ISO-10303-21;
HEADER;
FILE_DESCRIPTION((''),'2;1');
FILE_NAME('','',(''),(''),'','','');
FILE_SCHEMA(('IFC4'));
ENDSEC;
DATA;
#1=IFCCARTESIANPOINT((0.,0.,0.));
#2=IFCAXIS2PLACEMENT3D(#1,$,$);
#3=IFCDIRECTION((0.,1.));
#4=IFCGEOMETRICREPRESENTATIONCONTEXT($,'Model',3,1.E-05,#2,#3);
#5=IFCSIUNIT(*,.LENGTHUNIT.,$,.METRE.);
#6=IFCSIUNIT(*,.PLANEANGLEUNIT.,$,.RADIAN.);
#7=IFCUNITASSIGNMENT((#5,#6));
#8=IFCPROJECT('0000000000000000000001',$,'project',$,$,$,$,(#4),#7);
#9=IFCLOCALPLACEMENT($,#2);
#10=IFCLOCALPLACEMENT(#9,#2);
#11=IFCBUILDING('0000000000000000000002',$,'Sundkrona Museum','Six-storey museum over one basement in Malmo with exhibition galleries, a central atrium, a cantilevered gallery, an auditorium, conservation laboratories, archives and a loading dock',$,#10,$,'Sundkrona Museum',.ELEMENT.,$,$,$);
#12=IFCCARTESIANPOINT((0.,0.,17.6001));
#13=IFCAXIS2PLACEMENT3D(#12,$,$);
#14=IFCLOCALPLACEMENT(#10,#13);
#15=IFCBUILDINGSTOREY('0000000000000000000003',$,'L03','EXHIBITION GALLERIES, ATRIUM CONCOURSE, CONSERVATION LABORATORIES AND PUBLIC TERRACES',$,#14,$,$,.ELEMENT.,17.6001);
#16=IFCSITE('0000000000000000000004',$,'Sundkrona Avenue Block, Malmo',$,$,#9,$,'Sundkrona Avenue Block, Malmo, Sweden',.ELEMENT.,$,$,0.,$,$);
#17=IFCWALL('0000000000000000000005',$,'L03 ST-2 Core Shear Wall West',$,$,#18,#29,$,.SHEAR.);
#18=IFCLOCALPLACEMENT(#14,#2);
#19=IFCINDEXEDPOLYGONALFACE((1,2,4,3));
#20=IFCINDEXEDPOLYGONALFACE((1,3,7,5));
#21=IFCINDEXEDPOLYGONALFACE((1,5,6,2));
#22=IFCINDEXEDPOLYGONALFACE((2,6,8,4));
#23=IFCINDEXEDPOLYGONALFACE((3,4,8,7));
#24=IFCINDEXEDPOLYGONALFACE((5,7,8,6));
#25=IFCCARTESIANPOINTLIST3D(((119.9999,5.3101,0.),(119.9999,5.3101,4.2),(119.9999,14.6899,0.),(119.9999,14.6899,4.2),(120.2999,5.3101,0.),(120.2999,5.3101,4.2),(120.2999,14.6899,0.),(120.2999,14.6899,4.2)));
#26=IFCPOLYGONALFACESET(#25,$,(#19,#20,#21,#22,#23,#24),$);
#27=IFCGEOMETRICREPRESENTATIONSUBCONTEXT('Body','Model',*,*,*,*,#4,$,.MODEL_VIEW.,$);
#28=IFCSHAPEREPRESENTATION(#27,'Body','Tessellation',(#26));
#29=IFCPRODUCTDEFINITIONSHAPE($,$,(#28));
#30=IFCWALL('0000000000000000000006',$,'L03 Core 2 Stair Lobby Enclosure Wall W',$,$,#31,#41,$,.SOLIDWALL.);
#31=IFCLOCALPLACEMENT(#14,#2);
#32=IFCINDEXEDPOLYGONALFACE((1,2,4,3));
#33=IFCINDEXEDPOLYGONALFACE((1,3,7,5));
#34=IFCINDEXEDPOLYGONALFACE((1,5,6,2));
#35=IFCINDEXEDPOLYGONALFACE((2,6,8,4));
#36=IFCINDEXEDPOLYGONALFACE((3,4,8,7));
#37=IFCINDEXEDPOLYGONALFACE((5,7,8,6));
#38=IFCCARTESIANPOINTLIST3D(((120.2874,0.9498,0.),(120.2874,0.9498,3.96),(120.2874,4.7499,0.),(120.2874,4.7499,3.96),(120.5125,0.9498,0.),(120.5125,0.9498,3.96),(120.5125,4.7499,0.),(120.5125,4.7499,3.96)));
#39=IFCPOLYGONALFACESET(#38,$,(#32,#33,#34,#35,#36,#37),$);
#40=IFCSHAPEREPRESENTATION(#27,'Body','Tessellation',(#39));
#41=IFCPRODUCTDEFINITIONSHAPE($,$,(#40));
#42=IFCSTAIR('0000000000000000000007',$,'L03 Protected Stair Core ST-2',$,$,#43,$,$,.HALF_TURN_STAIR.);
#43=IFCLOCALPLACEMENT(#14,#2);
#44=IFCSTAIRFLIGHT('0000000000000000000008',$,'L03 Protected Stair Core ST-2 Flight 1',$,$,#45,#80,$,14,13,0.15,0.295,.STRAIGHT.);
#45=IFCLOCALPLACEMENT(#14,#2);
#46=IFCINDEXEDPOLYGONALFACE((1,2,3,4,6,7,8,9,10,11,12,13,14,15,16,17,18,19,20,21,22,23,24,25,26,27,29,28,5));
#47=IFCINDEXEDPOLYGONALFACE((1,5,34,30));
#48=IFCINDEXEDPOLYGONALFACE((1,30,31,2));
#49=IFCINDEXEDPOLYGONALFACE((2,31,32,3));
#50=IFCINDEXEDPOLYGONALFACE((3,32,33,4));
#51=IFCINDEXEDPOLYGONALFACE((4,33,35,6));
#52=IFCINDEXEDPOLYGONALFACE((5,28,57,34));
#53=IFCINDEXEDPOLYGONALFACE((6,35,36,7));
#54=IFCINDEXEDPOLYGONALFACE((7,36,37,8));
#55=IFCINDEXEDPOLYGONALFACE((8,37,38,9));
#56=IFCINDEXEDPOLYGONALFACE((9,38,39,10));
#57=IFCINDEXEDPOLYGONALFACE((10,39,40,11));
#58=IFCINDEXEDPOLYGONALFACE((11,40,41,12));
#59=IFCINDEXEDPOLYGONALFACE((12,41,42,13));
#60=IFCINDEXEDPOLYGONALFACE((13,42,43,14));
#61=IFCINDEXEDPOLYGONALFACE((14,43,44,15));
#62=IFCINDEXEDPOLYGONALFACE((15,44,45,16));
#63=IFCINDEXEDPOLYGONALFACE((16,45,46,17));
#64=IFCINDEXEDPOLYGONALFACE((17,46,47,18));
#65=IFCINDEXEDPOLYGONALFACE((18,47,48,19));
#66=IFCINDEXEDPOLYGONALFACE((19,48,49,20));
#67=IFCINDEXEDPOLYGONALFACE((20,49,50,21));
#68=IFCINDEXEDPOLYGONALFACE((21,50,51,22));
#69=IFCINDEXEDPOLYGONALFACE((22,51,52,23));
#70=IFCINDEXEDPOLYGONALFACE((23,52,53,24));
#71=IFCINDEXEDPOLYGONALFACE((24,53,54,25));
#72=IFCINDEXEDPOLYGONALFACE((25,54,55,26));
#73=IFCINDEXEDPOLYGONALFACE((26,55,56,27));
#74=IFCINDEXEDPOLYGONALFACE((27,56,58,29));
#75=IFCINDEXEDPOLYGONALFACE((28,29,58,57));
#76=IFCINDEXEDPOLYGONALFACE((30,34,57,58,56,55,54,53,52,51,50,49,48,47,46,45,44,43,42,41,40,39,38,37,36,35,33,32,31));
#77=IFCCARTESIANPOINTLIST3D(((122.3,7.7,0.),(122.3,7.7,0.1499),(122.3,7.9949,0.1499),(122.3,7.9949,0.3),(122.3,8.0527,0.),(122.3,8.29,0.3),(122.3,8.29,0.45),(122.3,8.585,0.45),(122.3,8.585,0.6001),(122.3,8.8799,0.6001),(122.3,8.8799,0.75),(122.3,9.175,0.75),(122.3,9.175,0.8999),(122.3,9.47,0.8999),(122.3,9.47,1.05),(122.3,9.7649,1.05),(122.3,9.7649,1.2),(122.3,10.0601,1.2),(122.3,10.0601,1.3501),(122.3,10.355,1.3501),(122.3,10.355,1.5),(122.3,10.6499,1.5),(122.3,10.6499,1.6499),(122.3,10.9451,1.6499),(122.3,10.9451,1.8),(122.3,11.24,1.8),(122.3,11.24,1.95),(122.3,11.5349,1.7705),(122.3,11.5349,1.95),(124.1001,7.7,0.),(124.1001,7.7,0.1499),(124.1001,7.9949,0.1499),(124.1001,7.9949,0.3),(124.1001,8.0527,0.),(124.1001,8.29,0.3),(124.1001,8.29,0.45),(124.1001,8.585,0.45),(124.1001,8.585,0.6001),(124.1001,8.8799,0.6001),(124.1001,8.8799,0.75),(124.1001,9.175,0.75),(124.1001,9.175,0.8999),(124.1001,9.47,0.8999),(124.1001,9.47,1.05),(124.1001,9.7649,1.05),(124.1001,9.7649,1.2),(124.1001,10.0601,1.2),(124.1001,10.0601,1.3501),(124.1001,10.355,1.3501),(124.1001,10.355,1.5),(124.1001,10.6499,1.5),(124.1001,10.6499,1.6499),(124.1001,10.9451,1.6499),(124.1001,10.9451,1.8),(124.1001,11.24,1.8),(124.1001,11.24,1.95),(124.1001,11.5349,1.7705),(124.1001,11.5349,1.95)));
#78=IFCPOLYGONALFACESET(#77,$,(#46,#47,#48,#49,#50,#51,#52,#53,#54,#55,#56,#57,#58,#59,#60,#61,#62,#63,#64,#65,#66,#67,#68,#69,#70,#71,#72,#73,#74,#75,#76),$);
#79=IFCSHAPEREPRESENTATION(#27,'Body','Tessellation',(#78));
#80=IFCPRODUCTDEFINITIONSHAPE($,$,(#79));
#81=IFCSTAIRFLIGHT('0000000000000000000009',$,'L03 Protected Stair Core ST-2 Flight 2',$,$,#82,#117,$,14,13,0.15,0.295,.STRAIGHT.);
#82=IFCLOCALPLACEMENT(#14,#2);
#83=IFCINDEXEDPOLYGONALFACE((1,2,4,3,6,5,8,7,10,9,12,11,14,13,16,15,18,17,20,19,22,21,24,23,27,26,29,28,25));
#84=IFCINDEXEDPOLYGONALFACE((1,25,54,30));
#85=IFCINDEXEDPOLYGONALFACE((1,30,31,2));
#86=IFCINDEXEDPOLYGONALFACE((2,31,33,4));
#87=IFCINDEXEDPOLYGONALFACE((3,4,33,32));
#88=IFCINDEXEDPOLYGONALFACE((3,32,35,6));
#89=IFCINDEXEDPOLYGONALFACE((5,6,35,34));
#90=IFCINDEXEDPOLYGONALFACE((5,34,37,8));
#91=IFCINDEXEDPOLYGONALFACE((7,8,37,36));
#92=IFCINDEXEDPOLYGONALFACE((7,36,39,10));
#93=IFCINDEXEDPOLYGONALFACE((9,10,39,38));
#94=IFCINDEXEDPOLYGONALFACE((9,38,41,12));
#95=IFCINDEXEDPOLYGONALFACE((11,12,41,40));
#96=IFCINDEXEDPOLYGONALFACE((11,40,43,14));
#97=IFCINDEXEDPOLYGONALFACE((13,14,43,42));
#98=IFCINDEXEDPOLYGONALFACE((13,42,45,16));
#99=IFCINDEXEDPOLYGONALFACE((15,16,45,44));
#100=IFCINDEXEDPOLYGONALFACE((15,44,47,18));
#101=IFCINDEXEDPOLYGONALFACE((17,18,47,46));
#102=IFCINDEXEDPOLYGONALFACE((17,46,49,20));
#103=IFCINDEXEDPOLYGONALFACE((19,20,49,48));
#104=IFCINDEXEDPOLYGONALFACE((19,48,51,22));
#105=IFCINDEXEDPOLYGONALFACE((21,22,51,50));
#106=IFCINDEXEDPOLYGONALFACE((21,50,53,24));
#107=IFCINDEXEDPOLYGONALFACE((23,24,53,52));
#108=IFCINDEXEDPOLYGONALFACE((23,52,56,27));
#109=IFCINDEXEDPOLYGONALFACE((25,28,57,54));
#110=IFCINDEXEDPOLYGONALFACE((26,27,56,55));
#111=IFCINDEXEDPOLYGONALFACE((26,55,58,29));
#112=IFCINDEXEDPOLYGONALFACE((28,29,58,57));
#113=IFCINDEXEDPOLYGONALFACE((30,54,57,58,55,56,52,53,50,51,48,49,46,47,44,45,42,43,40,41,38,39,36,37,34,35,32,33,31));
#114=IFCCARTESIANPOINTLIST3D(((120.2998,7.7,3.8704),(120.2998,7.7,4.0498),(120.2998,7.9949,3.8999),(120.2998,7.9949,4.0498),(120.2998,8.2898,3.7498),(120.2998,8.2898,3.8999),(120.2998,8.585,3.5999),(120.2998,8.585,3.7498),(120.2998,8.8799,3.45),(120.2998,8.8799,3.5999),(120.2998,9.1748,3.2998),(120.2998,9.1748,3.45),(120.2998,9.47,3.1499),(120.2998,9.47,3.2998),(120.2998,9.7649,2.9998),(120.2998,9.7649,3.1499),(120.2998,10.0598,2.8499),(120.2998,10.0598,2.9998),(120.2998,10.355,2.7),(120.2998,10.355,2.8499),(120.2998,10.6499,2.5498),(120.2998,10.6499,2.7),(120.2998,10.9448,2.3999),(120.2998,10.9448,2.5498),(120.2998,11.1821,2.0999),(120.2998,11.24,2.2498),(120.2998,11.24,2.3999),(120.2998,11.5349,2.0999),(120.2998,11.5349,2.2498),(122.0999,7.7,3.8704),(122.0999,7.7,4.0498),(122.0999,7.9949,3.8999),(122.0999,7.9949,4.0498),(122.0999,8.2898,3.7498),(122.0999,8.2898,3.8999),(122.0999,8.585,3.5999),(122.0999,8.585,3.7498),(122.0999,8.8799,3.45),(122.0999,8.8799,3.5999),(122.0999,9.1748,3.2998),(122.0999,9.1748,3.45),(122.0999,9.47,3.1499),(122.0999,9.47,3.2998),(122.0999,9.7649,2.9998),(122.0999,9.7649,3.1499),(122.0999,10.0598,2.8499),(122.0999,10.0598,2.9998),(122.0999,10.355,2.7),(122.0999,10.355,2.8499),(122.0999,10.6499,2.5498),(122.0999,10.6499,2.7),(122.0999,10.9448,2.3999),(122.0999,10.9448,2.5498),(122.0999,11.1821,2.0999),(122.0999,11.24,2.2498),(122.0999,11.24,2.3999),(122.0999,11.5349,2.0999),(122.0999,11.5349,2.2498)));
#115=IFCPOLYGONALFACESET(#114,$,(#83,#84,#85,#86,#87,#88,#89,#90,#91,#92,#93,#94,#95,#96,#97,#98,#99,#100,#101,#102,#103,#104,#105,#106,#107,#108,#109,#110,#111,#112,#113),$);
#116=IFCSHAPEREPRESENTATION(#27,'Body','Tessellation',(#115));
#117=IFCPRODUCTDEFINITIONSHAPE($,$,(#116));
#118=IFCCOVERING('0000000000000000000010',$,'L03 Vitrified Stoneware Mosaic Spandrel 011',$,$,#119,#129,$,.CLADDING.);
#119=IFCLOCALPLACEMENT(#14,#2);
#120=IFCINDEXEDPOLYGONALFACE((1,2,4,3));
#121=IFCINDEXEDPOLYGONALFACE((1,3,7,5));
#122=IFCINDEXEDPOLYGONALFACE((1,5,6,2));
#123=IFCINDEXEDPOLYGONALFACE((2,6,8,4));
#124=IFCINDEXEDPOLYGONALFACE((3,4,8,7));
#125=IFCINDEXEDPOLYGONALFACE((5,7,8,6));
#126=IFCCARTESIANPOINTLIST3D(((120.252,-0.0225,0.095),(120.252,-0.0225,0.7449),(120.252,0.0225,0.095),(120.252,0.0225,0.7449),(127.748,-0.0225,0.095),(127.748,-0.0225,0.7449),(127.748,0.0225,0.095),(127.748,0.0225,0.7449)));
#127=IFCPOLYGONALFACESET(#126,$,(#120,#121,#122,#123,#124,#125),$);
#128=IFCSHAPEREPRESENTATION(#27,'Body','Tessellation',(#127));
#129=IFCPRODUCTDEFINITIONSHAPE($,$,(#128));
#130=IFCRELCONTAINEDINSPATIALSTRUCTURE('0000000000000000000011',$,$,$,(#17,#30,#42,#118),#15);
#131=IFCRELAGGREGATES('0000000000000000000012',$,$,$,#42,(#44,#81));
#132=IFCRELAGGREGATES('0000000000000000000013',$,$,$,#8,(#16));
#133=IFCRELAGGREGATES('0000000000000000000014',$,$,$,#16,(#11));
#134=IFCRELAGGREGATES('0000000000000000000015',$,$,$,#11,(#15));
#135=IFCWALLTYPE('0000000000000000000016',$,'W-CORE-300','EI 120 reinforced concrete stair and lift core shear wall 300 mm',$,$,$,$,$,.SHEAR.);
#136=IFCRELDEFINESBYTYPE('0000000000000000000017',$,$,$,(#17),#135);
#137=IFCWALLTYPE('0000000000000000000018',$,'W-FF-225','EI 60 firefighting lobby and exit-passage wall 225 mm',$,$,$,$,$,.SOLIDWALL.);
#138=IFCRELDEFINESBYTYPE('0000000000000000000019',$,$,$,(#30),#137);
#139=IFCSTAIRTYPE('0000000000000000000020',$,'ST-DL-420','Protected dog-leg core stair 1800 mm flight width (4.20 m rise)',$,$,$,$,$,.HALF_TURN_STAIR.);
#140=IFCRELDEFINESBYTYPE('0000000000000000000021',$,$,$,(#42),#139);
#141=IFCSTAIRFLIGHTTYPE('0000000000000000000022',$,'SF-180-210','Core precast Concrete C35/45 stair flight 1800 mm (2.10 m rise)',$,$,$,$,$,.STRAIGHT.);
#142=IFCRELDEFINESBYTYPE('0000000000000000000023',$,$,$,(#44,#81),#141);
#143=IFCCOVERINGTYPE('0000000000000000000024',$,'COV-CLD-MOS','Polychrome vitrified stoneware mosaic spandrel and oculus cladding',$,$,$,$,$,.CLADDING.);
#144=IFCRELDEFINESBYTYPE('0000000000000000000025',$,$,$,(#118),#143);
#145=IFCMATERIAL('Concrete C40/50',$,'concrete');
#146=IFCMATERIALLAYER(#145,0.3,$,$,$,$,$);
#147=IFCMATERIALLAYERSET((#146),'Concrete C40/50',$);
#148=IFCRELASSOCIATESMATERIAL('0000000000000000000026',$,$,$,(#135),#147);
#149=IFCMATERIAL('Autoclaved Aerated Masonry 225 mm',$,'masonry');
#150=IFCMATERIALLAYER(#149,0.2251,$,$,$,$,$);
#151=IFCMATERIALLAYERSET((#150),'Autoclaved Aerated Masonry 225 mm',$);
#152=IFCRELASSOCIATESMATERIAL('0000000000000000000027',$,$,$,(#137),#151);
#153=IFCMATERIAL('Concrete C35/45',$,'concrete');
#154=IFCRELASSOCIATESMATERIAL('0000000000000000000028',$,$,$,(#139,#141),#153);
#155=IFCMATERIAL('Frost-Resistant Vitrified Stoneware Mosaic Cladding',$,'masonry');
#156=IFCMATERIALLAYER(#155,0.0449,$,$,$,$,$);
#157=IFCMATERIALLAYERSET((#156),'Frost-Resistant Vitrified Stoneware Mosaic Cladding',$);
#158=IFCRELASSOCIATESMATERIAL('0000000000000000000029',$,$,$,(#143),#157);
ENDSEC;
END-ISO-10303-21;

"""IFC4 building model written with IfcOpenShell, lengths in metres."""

from ifc_helpers import new_model, si_unit, direction, frame, frame_2d, origin, origin_2d, place, context, subcontext, project, spatial, polyline, rectangle, outline, extrude, material, layer, layer_set, type_object, element, aggregate, save


model = new_model("IFC4")

# Units and contexts
model_context = context("Model", 3, precision=1e-05, world=origin(), true_north=direction((0.0, 1.0)))
body_context = subcontext(model_context, "Body", "Model", "MODEL_VIEW")
ifc_project = project(units=[si_unit("LENGTHUNIT", "METRE"), si_unit("PLANEANGLEUNIT", "RADIAN")], contexts=[model_context])

# Site, building, storey
site_placement = place(None, origin())
site = spatial("IfcSite", under=ifc_project, at=site_placement, Name="Sundkrona Avenue Block, Malmo", LongName="Sundkrona Avenue Block, Malmo, Sweden", CompositionType="ELEMENT", RefElevation=0.0)
building_placement = place(site_placement, origin())
building = spatial("IfcBuilding", under=site, at=building_placement, Name="Sundkrona Museum", Description="Six-storey museum over one basement in Malmo with exhibition galleries, a central atrium, a cantilevered gallery, an auditorium, conservation laboratories, archives and a loading dock", LongName="Sundkrona Museum", CompositionType="ELEMENT")
storey_placement = place(building_placement, frame((0.0, 0.0, 17.6001)))
storey = spatial("IfcBuildingStorey", under=building, at=storey_placement, Name="L03", Description="EXHIBITION GALLERIES, ATRIUM CONCOURSE, CONSERVATION LABORATORIES AND PUBLIC TERRACES", CompositionType="ELEMENT", Elevation=17.6001)

# Shared definitions
ifc_material_1 = material(Name="Concrete C40/50", Category="concrete")
ifc_layer_1 = layer(ifc_material_1, 0.3)
ifc_layer_set_1 = layer_set([ifc_layer_1], Name="Concrete C40/50")
wall_type_1 = type_object("IfcWallType", Name="W-CORE-300", Description="EI 120 reinforced concrete stair and lift core shear wall 300 mm", PredefinedType="SHEAR", material=ifc_layer_set_1)

# Walls
wall_1_placement = place(storey_placement, frame((120.1499, 5.3101, 0.0), z_axis=(0.0, 0.0, 1.0), x_axis=(0.0, 1.0, 0.0)))
element("IfcWall", 1, at=wall_1_placement, inside=storey, type_object=wall_type_1, Name="L03 ST-2 Core Shear Wall West", PredefinedType="SHEAR", context=body_context, shape_type="SweptSolid", body=[
    extrude(rectangle(XDim=9.3799, YDim=0.3, at=frame_2d((4.6899, 0.0))), origin(), (0.0, 0.0, 1.0), 4.2),
])
ifc_material_2 = material(Name="Autoclaved Aerated Masonry 225 mm", Category="masonry")
ifc_layer_2 = layer(ifc_material_2, 0.2251)
ifc_layer_set_2 = layer_set([ifc_layer_2], Name="Autoclaved Aerated Masonry 225 mm")
wall_type_2 = type_object("IfcWallType", Name="W-FF-225", Description="EI 60 firefighting lobby and exit-passage wall 225 mm", PredefinedType="SOLIDWALL", material=ifc_layer_set_2)
wall_2_placement = place(storey_placement, frame((120.3999, 0.95, 0.0), z_axis=(0.0, 0.0, 1.0), x_axis=(0.0, 1.0, 0.0)))
element("IfcWall", 2, at=wall_2_placement, inside=storey, type_object=wall_type_2, Name="L03 Core 2 Stair Lobby Enclosure Wall W", PredefinedType="SOLIDWALL", context=body_context, shape_type="SweptSolid", body=[
    extrude(rectangle(XDim=3.8, YDim=0.2251, at=frame_2d((1.8999, 0.0))), origin(), (0.0, 0.0, 1.0), 3.96),
])

# Stair, stair flights
ifc_material_3 = material(Name="Concrete C35/45", Category="concrete")
stair_type = type_object("IfcStairType", Name="ST-DL-420", Description="Protected dog-leg core stair 1800 mm flight width (4.20 m rise)", PredefinedType="HALF_TURN_STAIR", material=ifc_material_3)
stair_placement = place(storey_placement, origin())
stair = element("IfcStair", 3, at=stair_placement, inside=storey, type_object=stair_type, Name="L03 Protected Stair Core ST-2", PredefinedType="HALF_TURN_STAIR")
stair_flight_type = type_object("IfcStairFlightType", Name="SF-180-210", Description="Core precast Concrete C35/45 stair flight 1800 mm (2.10 m rise)", PredefinedType="STRAIGHT", material=ifc_material_3)
stair_flight_1_placement = place(storey_placement, frame((123.2, 7.7, 0.0), z_axis=(0.0, 0.0, 1.0), x_axis=(0.0, 1.0, 0.0)))
stair_flight_1 = element("IfcStairFlight", 4, at=stair_flight_1_placement, type_object=stair_flight_type, Name="L03 Protected Stair Core ST-2 Flight 1", NumberOfRisers=14, NumberOfTreads=13, PredefinedType="STRAIGHT", RiserHeight=0.15, TreadLength=0.295, context=body_context, shape_type="SweptSolid", body=[
    extrude(outline(polyline([(0.0, 0.0), (0.0, 0.1499), (0.2949, 0.1499), (0.2949, 0.3), (0.5901, 0.3), (0.5901, 0.45), (0.885, 0.45), (0.885, 0.6001), (1.1799, 0.6001), (1.1799, 0.75), (1.4751, 0.75), (1.4751, 0.8999), (1.77, 0.8999), (1.77, 1.05), (2.0649, 1.05), (2.0649, 1.2), (2.3601, 1.2), (2.3601, 1.3501), (2.655, 1.3501), (2.655, 1.5), (2.95, 1.5), (2.95, 1.6499), (3.2451, 1.6499), (3.2451, 1.8), (3.54, 1.8), (3.54, 1.95), (3.835, 1.95), (3.835, 2.1001), (3.835, 1.7705), (0.3528, 0.0), (0.0, 0.0)])), frame((0.0, 0.8999, 0.0), z_axis=(0.0, -1.0, 0.0), x_axis=(1.0, 0.0, 0.0)), (0.0, 0.0, 1.0), 1.8),
])
stair_flight_2_placement = place(storey_placement, frame((121.2, 11.5349, 2.0999), z_axis=(0.0, 0.0, 1.0), x_axis=(0.0, -1.0, 0.0)))
stair_flight_2 = element("IfcStairFlight", 5, at=stair_flight_2_placement, type_object=stair_flight_type, Name="L03 Protected Stair Core ST-2 Flight 2", NumberOfRisers=14, NumberOfTreads=13, PredefinedType="STRAIGHT", RiserHeight=0.15, TreadLength=0.295, context=body_context, shape_type="SweptSolid", body=[
    extrude(outline(polyline([(0.0, 0.0), (0.0, 0.1499), (0.2949, 0.1499), (0.2949, 0.3), (0.5901, 0.3), (0.5901, 0.45), (0.885, 0.45), (0.885, 0.6001), (1.1799, 0.6001), (1.1799, 0.75), (1.4751, 0.75), (1.4751, 0.8999), (1.77, 0.8999), (1.77, 1.05), (2.0649, 1.05), (2.0649, 1.2), (2.3601, 1.2), (2.3601, 1.3501), (2.655, 1.3501), (2.655, 1.5), (2.95, 1.5), (2.95, 1.6499), (3.2451, 1.6499), (3.2451, 1.8), (3.54, 1.8), (3.54, 1.95), (3.835, 1.95), (3.835, 2.1001), (3.835, 1.7705), (0.3528, 0.0), (0.0, 0.0)])), frame((0.0, 0.8999, 0.0), z_axis=(0.0, -1.0, 0.0), x_axis=(1.0, 0.0, 0.0)), (0.0, 0.0, 1.0), 1.8),
])
aggregate(stair, [stair_flight_1, stair_flight_2])

# Covering
ifc_material_4 = material(Name="Frost-Resistant Vitrified Stoneware Mosaic Cladding", Category="masonry")
ifc_layer_3 = layer(ifc_material_4, 0.0449)
ifc_layer_set_3 = layer_set([ifc_layer_3], Name="Frost-Resistant Vitrified Stoneware Mosaic Cladding")
covering_type = type_object("IfcCoveringType", Name="COV-CLD-MOS", Description="Polychrome vitrified stoneware mosaic spandrel and oculus cladding", PredefinedType="CLADDING", material=ifc_layer_set_3)
covering_placement = place(storey_placement, frame((124.0, 0.0, 0.095), z_axis=(0.0, 0.0, 1.0), x_axis=(1.0, 0.0, 0.0)))
element("IfcCovering", 6, at=covering_placement, inside=storey, type_object=covering_type, Name="L03 Vitrified Stoneware Mosaic Spandrel 011", PredefinedType="CLADDING", context=body_context, shape_type="SweptSolid", body=[
    extrude(rectangle(XDim=7.4961, YDim=0.0449, at=origin_2d()), origin(), (0.0, 0.0, 1.0), 0.6499),
])

save(model, "model.ifc")
